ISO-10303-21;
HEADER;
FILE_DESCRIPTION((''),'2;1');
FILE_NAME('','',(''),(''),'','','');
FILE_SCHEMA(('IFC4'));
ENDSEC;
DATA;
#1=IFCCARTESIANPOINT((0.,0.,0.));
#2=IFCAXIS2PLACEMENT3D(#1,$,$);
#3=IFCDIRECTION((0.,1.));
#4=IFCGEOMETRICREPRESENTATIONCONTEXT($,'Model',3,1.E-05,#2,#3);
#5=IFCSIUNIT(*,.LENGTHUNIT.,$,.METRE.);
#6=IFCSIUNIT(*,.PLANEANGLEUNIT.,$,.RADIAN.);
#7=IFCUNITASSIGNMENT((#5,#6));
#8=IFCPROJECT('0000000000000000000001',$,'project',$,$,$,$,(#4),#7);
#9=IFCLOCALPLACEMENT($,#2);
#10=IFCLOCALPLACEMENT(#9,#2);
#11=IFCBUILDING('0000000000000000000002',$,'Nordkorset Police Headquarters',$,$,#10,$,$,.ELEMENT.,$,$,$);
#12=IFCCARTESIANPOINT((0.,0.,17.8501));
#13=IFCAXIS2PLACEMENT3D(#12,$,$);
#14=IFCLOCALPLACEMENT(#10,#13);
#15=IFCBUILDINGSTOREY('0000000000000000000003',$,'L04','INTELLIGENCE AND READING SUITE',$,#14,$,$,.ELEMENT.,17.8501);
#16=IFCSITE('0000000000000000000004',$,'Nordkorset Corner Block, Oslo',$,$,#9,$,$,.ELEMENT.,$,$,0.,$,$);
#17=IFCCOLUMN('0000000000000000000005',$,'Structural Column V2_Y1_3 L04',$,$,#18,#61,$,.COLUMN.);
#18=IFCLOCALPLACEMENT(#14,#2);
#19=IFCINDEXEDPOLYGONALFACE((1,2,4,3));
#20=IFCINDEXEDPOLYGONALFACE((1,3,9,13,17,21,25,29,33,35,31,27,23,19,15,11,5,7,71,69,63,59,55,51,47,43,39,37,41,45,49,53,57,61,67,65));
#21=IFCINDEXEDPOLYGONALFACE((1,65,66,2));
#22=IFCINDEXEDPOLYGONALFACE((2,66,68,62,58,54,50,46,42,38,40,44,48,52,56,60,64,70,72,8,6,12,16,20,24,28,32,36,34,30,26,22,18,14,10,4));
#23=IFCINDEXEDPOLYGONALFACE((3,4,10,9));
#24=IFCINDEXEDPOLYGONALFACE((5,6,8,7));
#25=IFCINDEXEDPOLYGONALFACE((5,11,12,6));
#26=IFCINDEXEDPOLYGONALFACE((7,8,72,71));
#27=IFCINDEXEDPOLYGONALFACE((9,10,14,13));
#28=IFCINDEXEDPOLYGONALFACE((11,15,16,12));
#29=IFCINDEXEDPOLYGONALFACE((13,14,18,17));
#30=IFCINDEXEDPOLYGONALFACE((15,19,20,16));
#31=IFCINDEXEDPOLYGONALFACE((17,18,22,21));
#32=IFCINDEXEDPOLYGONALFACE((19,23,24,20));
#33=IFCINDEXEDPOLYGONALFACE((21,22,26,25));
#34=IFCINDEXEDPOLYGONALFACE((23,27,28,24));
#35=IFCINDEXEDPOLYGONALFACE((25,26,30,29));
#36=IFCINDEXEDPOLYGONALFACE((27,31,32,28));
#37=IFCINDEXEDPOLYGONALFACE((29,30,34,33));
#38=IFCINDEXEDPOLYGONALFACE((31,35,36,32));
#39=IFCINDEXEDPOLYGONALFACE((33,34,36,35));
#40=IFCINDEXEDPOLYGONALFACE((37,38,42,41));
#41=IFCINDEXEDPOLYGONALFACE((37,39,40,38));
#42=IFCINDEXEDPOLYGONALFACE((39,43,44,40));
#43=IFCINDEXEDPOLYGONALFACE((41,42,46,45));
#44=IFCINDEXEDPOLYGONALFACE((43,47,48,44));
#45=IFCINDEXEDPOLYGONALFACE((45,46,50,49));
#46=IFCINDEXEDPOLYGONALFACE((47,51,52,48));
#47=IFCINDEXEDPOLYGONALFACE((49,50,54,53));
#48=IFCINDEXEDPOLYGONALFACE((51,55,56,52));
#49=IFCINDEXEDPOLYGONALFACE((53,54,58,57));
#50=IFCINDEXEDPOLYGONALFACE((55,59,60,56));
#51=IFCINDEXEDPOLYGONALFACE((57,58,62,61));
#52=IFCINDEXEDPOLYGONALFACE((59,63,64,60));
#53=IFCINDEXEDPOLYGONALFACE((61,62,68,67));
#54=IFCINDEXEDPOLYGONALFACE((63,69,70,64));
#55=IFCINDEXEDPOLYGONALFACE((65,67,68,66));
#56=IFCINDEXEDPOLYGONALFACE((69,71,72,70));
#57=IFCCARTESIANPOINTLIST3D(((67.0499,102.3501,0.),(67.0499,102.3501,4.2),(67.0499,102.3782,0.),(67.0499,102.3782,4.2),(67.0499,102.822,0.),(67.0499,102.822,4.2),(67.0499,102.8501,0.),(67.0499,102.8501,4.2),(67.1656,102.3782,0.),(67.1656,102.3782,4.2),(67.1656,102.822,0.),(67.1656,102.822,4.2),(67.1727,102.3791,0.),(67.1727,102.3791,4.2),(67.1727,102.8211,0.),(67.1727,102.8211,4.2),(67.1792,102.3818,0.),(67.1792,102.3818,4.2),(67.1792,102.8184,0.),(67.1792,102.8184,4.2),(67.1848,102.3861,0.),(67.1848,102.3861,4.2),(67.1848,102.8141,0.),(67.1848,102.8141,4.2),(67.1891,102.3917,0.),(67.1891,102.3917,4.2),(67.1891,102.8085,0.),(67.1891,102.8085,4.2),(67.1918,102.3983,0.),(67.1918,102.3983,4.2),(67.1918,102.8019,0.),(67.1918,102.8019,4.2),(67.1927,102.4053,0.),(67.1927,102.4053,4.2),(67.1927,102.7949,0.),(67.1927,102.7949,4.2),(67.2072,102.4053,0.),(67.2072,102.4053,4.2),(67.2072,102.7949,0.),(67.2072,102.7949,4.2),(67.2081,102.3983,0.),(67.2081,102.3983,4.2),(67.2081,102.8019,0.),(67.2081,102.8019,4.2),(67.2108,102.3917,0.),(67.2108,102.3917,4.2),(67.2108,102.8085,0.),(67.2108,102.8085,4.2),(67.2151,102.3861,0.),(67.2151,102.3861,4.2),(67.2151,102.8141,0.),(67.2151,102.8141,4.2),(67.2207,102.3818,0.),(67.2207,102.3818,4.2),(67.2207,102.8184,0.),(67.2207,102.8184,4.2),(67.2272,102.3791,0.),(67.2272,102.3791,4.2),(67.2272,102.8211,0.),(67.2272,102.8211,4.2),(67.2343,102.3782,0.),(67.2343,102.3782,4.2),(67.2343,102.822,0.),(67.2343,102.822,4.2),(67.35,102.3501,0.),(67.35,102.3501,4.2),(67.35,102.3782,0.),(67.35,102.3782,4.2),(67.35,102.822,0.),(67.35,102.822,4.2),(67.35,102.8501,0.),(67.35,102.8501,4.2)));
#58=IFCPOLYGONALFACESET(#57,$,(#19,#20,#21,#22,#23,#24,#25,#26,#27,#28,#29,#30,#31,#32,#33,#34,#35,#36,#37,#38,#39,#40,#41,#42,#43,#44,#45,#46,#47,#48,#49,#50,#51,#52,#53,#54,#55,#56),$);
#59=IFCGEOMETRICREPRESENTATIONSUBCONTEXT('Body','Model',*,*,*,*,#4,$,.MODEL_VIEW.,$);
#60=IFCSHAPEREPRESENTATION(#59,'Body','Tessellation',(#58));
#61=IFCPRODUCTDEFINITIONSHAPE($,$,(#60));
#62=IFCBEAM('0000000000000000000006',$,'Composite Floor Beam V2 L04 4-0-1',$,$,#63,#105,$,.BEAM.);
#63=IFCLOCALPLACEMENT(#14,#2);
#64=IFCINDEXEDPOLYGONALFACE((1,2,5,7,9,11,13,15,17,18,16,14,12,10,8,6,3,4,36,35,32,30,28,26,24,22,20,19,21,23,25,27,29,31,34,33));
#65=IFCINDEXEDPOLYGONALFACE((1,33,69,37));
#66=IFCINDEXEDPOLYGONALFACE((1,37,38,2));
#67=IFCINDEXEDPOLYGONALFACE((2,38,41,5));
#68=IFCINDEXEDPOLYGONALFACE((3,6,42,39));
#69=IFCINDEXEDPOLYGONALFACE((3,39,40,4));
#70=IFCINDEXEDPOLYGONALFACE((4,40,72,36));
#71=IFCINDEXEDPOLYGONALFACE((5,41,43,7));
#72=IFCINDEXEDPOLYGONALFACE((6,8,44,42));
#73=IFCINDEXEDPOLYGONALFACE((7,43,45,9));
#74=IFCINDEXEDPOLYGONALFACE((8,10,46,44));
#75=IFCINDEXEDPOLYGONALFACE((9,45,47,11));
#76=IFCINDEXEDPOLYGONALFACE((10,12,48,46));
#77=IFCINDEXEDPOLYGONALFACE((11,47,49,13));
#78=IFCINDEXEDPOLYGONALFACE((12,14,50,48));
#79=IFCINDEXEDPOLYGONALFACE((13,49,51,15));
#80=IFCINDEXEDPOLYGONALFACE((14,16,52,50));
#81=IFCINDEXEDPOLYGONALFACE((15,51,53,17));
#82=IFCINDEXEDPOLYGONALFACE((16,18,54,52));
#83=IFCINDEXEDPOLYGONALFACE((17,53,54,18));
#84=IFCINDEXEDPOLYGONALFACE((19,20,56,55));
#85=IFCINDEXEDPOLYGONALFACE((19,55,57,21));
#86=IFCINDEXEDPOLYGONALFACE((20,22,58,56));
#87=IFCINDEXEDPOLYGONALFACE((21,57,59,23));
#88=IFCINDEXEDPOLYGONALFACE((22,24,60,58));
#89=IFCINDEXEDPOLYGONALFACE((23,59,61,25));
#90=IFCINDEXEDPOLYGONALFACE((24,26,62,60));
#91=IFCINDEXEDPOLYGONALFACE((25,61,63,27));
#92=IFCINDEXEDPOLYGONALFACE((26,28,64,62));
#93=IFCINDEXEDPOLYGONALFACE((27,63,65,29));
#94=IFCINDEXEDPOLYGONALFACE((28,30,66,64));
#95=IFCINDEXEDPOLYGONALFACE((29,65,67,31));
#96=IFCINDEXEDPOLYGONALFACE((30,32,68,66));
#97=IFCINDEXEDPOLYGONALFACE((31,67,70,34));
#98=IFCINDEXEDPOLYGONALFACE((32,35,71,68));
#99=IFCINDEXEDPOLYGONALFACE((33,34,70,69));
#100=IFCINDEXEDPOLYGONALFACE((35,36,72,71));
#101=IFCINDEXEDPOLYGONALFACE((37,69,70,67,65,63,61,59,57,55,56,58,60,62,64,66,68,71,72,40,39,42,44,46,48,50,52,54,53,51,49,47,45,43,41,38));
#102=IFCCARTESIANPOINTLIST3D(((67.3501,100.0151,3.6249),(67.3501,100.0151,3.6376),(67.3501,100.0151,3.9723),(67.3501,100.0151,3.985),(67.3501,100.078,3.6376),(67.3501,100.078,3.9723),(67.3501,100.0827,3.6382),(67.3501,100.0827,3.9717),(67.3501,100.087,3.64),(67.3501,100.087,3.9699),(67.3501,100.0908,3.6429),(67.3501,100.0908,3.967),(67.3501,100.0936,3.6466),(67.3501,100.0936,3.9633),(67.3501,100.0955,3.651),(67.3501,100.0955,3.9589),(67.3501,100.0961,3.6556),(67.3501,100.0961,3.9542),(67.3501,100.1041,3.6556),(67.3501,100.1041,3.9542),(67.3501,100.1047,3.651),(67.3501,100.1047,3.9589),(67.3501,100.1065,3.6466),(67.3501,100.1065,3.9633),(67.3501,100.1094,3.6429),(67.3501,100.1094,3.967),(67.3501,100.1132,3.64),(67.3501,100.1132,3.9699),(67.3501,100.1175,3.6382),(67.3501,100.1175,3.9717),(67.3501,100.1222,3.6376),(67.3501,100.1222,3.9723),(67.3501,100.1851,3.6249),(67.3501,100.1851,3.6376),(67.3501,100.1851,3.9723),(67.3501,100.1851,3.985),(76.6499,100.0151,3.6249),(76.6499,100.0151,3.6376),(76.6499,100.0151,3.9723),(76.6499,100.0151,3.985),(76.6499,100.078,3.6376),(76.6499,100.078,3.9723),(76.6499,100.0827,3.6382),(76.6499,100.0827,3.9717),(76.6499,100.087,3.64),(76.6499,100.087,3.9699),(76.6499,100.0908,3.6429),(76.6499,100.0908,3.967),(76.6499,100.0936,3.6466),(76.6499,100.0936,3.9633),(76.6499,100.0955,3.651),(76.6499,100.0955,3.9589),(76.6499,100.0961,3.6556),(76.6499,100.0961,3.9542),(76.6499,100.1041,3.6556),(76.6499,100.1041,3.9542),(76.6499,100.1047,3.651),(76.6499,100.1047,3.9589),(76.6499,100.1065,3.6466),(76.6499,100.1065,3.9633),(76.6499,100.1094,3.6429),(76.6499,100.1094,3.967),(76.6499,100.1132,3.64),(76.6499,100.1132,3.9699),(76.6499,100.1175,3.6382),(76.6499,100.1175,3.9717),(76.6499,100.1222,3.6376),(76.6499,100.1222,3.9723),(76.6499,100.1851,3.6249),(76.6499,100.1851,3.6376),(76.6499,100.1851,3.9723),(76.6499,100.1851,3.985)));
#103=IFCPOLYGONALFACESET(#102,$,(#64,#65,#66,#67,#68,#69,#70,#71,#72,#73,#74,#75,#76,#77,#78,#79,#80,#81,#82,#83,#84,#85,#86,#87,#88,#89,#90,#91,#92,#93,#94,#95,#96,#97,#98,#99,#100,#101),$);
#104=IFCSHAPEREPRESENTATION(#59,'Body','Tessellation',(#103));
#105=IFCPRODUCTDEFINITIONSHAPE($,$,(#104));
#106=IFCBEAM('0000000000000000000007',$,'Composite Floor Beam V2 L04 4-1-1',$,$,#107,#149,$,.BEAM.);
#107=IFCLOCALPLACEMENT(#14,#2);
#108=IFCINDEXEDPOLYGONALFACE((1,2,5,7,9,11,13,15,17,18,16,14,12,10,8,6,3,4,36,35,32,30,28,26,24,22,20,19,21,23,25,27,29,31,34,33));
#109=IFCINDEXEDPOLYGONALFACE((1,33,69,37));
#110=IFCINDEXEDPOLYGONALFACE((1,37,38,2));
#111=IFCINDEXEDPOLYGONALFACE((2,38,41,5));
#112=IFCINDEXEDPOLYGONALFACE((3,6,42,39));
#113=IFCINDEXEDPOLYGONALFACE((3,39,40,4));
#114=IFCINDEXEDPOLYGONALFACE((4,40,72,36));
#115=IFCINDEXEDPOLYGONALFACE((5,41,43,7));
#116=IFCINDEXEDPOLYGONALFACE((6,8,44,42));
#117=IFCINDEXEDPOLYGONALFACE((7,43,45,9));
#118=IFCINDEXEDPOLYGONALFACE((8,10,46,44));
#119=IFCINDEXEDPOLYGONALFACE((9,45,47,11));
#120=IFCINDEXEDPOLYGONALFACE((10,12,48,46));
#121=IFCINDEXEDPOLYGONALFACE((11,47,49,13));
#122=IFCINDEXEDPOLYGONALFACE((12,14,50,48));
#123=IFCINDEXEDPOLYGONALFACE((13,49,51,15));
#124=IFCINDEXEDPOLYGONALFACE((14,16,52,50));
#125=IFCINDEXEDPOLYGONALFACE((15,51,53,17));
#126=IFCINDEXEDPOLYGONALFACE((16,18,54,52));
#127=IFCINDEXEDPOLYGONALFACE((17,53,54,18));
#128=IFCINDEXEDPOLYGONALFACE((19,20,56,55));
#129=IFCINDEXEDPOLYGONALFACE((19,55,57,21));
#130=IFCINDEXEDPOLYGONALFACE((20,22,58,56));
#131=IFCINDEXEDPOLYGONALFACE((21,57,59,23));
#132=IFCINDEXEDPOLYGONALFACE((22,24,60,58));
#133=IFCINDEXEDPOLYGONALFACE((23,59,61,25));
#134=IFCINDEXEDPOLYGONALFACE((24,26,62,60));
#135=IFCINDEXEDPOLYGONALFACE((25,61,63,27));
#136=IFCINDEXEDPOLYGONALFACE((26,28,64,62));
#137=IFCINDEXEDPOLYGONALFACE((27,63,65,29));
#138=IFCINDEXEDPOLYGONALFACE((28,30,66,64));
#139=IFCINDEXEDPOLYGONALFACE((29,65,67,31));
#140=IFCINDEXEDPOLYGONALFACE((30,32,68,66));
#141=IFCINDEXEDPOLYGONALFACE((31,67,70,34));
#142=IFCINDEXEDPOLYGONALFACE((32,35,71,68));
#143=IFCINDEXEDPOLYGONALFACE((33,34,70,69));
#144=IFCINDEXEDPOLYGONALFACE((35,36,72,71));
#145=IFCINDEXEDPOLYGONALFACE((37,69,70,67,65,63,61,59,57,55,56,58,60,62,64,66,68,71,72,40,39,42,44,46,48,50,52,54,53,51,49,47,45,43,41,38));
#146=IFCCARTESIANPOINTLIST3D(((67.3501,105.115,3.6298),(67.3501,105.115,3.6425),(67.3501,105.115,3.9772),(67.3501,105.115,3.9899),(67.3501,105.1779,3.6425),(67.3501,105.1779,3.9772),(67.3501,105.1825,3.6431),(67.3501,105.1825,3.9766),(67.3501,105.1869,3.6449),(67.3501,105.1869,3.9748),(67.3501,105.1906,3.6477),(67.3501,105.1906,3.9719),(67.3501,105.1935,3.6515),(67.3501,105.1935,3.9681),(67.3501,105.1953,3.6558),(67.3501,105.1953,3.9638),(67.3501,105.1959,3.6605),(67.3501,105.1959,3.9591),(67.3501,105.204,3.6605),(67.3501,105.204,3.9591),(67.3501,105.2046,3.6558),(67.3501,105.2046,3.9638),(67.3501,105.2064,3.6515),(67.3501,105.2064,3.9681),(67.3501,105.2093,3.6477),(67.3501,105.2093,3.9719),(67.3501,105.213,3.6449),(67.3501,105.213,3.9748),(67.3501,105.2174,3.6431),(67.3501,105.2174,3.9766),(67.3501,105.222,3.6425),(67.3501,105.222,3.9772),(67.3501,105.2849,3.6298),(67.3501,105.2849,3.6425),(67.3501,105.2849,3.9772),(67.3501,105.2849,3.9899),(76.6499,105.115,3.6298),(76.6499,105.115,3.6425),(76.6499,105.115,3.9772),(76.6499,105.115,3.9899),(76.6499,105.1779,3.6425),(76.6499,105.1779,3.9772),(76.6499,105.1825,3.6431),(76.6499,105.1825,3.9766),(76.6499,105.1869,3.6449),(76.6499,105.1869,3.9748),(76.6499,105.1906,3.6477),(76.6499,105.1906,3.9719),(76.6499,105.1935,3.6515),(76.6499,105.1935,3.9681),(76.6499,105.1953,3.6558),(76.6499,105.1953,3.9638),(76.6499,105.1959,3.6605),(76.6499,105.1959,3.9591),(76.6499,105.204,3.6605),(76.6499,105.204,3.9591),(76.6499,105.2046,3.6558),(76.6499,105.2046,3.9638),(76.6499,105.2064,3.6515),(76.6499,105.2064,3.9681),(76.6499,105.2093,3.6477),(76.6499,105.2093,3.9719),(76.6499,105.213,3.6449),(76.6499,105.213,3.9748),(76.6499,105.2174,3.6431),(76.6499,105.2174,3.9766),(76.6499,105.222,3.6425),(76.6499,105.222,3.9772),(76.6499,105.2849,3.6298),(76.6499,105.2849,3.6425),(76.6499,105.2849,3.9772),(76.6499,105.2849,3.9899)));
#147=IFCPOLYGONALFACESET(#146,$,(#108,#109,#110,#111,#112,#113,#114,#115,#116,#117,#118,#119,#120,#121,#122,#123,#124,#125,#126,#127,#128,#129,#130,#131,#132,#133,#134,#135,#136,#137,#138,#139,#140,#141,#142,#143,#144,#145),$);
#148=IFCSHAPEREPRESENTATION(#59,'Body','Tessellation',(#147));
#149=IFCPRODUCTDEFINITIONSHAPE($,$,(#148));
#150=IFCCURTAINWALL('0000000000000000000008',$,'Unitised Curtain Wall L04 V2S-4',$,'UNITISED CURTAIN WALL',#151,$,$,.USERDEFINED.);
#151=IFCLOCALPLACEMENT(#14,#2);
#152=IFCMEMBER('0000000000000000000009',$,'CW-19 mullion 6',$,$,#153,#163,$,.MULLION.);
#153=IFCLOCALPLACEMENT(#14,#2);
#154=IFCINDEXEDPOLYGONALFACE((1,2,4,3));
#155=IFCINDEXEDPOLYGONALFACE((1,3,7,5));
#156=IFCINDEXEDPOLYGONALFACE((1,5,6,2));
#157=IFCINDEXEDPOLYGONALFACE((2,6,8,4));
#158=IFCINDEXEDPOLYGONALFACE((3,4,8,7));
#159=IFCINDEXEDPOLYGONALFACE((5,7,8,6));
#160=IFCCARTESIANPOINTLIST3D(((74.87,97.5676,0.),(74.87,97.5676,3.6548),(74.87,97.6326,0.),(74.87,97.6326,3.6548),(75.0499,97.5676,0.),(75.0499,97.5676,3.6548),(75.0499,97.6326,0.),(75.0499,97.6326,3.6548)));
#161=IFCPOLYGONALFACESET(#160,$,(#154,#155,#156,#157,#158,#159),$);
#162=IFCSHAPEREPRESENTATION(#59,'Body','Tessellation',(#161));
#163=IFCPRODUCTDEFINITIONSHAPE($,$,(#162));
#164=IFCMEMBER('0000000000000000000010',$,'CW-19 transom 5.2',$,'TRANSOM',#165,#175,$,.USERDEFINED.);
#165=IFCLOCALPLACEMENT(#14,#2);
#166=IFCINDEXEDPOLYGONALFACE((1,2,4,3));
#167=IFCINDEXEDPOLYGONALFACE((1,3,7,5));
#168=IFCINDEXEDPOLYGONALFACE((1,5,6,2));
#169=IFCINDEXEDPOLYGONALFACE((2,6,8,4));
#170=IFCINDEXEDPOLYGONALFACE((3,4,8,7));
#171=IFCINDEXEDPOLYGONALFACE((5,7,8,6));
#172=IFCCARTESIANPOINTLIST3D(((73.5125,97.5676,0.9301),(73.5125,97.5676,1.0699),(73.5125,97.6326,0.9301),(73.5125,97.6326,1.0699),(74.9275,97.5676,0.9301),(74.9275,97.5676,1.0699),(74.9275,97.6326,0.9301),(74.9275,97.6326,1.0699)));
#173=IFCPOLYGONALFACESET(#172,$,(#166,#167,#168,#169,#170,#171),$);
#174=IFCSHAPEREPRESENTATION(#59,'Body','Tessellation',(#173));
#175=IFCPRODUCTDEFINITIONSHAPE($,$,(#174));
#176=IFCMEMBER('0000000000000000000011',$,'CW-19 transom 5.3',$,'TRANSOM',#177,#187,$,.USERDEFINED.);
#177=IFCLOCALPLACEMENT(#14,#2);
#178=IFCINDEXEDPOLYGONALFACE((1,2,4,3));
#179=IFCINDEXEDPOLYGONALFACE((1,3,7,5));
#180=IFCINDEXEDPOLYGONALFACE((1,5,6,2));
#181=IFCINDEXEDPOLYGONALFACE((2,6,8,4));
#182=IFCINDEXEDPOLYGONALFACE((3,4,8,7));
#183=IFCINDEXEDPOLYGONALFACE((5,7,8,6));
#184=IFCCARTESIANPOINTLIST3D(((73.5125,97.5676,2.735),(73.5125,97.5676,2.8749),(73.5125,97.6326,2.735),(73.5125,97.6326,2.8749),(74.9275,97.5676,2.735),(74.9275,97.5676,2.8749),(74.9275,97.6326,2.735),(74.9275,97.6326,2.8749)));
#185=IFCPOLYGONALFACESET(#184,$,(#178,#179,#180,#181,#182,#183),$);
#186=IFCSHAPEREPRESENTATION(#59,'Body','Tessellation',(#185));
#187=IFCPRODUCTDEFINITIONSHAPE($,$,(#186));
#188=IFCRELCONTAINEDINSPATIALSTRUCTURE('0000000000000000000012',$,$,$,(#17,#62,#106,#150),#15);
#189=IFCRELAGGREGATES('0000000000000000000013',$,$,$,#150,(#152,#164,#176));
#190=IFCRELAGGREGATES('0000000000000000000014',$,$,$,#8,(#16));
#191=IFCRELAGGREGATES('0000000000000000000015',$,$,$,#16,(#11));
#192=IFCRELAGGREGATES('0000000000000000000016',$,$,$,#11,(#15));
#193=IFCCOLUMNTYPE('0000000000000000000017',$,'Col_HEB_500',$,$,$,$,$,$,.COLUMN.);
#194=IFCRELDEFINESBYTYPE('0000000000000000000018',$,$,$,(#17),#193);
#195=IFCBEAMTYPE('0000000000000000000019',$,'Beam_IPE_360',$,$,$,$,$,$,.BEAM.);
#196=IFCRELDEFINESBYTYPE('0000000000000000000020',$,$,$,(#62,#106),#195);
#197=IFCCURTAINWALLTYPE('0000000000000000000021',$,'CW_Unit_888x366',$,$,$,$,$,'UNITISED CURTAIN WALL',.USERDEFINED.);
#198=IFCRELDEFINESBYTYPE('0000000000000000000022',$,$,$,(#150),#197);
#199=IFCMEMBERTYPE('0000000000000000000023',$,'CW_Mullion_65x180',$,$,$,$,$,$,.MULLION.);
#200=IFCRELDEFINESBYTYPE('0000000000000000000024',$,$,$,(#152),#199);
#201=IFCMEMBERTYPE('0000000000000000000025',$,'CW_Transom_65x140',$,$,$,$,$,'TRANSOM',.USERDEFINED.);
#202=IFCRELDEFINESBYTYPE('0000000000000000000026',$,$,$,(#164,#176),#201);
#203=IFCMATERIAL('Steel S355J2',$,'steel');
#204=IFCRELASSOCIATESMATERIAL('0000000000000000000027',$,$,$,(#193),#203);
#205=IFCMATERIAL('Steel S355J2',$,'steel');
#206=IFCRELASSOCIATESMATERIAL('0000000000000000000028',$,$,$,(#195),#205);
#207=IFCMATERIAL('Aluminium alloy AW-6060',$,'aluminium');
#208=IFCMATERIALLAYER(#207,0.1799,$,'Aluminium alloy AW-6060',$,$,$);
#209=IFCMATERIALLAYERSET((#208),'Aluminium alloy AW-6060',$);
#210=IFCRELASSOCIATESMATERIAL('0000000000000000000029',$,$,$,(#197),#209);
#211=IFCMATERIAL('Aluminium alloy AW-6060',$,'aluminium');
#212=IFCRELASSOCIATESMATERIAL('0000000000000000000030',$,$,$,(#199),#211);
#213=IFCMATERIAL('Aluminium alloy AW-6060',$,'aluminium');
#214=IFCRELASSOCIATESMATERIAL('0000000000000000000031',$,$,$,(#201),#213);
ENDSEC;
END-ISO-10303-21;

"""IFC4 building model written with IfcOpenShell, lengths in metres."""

from ifc_helpers import new_model, si_unit, direction, frame, origin, origin_2d, place, context, subcontext, project, spatial, rectangle, i_section, extrude, material, layer, layer_set, material_profile, profile_set, type_object, element, aggregate, save


model = new_model("IFC4")

# Units and contexts
model_context = context("Model", 3, precision=1e-05, world=origin(), true_north=direction((0.0, 1.0)))
body_context = subcontext(model_context, "Body", "Model", "MODEL_VIEW")
ifc_project = project(units=[si_unit("LENGTHUNIT", "METRE"), si_unit("PLANEANGLEUNIT", "RADIAN")], contexts=[model_context])

# Site, building, storey
site_placement = place(None, origin())
site = spatial("IfcSite", under=ifc_project, at=site_placement, Name="Nordkorset Corner Block, Oslo", CompositionType="ELEMENT", RefElevation=0.0)
building_placement = place(site_placement, origin())
building = spatial("IfcBuilding", under=site, at=building_placement, Name="Nordkorset Police Headquarters", CompositionType="ELEMENT")
storey_placement = place(building_placement, frame((0.0, 0.0, 17.8501)))
storey = spatial("IfcBuildingStorey", under=building, at=storey_placement, Name="L04", Description="INTELLIGENCE AND READING SUITE", CompositionType="ELEMENT", Elevation=17.8501)

# Column
ifc_material_1 = material(Name="Steel S355J2", Category="steel")
ifc_material_profile_1 = material_profile(ifc_material_1, i_section(OverallWidth=0.3, OverallDepth=0.5, WebThickness=0.0144, FlangeThickness=0.0281, FilletRadius=0.0271, at=origin_2d()), Name="HEB 500")
ifc_profile_set_1 = profile_set([ifc_material_profile_1], Name="Steel S355J2")
column_type = type_object("IfcColumnType", Name="Col_HEB_500", PredefinedType="COLUMN", material=ifc_profile_set_1)
column_placement = place(storey_placement, frame((67.2, 102.6001, 0.0), z_axis=(0.0, 0.0, 1.0), x_axis=(1.0, 0.0, 0.0)))
element("IfcColumn", 1, at=column_placement, inside=storey, type_object=column_type, Name="Structural Column V2_Y1_3 L04", PredefinedType="COLUMN", context=body_context, shape_type="SweptSolid", body=[
    extrude(i_section(OverallWidth=0.3, OverallDepth=0.5, WebThickness=0.0144, FlangeThickness=0.0281, FilletRadius=0.0271, at=origin_2d()), origin(), (0.0, 0.0, 1.0), 4.2),
])

# Beams
ifc_material_2 = material(Name="Steel S355J2", Category="steel")
ifc_material_profile_2 = material_profile(ifc_material_2, i_section(OverallWidth=0.1699, OverallDepth=0.3601, WebThickness=0.0081, FlangeThickness=0.0127, FilletRadius=0.0181, at=origin_2d()), Name="IPE 360")
ifc_profile_set_2 = profile_set([ifc_material_profile_2], Name="Steel S355J2")
beam_type_1 = type_object("IfcBeamType", Name="Beam_IPE_360", PredefinedType="BEAM", material=ifc_profile_set_2)
for number, where, z_axis, x_axis, name in (
    (2, (67.3501, 100.1001, 3.8049), (1.0, 0.0, 0.0), (0.0, 1.0, 0.0), "Composite Floor Beam V2 L04 4-0-1"),
    (3, (67.3501, 105.2, 3.8098), (1.0, 0.0, 0.0), (0.0, 1.0, 0.0), "Composite Floor Beam V2 L04 4-1-1"),
):
    element("IfcBeam", number, at=place(storey_placement, frame(where, z_axis=z_axis, x_axis=x_axis)), inside=storey, type_object=beam_type_1, Name=name, PredefinedType="BEAM", context=body_context, shape_type="SweptSolid", body=[
        extrude(i_section(OverallWidth=0.1699, OverallDepth=0.3601, WebThickness=0.0081, FlangeThickness=0.0127, FilletRadius=0.0181, at=origin_2d()), origin(), (0.0, 0.0, 1.0), 9.2998),
    ])

# Curtain wall, members
ifc_material_3 = material(Name="Aluminium alloy AW-6060", Category="aluminium")
ifc_layer_1 = layer(ifc_material_3, 0.1799, Name="Aluminium alloy AW-6060")
ifc_layer_set_1 = layer_set([ifc_layer_1], Name="Aluminium alloy AW-6060")
curtain_wall_type = type_object("IfcCurtainWallType", Name="CW_Unit_888x366", ElementType="UNITISED CURTAIN WALL", PredefinedType="USERDEFINED", material=ifc_layer_set_1)
curtain_wall_placement = place(storey_placement, origin())
curtain_wall = element("IfcCurtainWall", 4, at=curtain_wall_placement, inside=storey, type_object=curtain_wall_type, Name="Unitised Curtain Wall L04 V2S-4", ObjectType="UNITISED CURTAIN WALL", PredefinedType="USERDEFINED")
ifc_material_4 = material(Name="Aluminium alloy AW-6060", Category="aluminium")
ifc_material_profile_3 = material_profile(ifc_material_4, rectangle(XDim=0.0649, YDim=0.1799, at=origin_2d()), Name="ALU MULL 65x180")
ifc_profile_set_3 = profile_set([ifc_material_profile_3], Name="Aluminium alloy AW-6060")
member_type_1 = type_object("IfcMemberType", Name="CW_Mullion_65x180", PredefinedType="MULLION", material=ifc_profile_set_3)
member_1_placement = place(storey_placement, frame((74.96, 97.6001, 0.0), z_axis=(0.0, 0.0, 1.0), x_axis=(0.0, 1.0, 0.0)))
member_1 = element("IfcMember", 5, at=member_1_placement, type_object=member_type_1, Name="CW-19 mullion 6", PredefinedType="MULLION", context=body_context, shape_type="SweptSolid", body=[
    extrude(rectangle(XDim=0.0649, YDim=0.1799, at=origin_2d()), origin(), (0.0, 0.0, 1.0), 3.6548),
])
ifc_material_5 = material(Name="Aluminium alloy AW-6060", Category="aluminium")
ifc_material_profile_4 = material_profile(ifc_material_5, rectangle(XDim=0.0649, YDim=0.1399, at=origin_2d()), Name="ALU TRAN 65x140")
ifc_profile_set_4 = profile_set([ifc_material_profile_4], Name="Aluminium alloy AW-6060")
member_type_2 = type_object("IfcMemberType", Name="CW_Transom_65x140", ElementType="TRANSOM", PredefinedType="USERDEFINED", material=ifc_profile_set_4)
member_2_placement = place(storey_placement, frame((73.5125, 97.6001, 1.0), z_axis=(1.0, 0.0, 0.0), x_axis=(0.0, 1.0, 0.0)))
member_2 = element("IfcMember", 6, at=member_2_placement, type_object=member_type_2, Name="CW-19 transom 5.2", ObjectType="TRANSOM", PredefinedType="USERDEFINED", context=body_context, shape_type="SweptSolid", body=[
    extrude(rectangle(XDim=0.0649, YDim=0.1399, at=origin_2d()), origin(), (0.0, 0.0, 1.0), 1.415),
])
member_3_placement = place(storey_placement, frame((73.5125, 97.6001, 2.8049), z_axis=(1.0, 0.0, 0.0), x_axis=(0.0, 1.0, 0.0)))
member_3 = element("IfcMember", 7, at=member_3_placement, type_object=member_type_2, Name="CW-19 transom 5.3", ObjectType="TRANSOM", PredefinedType="USERDEFINED", context=body_context, shape_type="SweptSolid", body=[
    extrude(rectangle(XDim=0.0649, YDim=0.1399, at=origin_2d()), origin(), (0.0, 0.0, 1.0), 1.415),
])

aggregate(curtain_wall, [member_1, member_2, member_3])

save(model, "model.ifc")
